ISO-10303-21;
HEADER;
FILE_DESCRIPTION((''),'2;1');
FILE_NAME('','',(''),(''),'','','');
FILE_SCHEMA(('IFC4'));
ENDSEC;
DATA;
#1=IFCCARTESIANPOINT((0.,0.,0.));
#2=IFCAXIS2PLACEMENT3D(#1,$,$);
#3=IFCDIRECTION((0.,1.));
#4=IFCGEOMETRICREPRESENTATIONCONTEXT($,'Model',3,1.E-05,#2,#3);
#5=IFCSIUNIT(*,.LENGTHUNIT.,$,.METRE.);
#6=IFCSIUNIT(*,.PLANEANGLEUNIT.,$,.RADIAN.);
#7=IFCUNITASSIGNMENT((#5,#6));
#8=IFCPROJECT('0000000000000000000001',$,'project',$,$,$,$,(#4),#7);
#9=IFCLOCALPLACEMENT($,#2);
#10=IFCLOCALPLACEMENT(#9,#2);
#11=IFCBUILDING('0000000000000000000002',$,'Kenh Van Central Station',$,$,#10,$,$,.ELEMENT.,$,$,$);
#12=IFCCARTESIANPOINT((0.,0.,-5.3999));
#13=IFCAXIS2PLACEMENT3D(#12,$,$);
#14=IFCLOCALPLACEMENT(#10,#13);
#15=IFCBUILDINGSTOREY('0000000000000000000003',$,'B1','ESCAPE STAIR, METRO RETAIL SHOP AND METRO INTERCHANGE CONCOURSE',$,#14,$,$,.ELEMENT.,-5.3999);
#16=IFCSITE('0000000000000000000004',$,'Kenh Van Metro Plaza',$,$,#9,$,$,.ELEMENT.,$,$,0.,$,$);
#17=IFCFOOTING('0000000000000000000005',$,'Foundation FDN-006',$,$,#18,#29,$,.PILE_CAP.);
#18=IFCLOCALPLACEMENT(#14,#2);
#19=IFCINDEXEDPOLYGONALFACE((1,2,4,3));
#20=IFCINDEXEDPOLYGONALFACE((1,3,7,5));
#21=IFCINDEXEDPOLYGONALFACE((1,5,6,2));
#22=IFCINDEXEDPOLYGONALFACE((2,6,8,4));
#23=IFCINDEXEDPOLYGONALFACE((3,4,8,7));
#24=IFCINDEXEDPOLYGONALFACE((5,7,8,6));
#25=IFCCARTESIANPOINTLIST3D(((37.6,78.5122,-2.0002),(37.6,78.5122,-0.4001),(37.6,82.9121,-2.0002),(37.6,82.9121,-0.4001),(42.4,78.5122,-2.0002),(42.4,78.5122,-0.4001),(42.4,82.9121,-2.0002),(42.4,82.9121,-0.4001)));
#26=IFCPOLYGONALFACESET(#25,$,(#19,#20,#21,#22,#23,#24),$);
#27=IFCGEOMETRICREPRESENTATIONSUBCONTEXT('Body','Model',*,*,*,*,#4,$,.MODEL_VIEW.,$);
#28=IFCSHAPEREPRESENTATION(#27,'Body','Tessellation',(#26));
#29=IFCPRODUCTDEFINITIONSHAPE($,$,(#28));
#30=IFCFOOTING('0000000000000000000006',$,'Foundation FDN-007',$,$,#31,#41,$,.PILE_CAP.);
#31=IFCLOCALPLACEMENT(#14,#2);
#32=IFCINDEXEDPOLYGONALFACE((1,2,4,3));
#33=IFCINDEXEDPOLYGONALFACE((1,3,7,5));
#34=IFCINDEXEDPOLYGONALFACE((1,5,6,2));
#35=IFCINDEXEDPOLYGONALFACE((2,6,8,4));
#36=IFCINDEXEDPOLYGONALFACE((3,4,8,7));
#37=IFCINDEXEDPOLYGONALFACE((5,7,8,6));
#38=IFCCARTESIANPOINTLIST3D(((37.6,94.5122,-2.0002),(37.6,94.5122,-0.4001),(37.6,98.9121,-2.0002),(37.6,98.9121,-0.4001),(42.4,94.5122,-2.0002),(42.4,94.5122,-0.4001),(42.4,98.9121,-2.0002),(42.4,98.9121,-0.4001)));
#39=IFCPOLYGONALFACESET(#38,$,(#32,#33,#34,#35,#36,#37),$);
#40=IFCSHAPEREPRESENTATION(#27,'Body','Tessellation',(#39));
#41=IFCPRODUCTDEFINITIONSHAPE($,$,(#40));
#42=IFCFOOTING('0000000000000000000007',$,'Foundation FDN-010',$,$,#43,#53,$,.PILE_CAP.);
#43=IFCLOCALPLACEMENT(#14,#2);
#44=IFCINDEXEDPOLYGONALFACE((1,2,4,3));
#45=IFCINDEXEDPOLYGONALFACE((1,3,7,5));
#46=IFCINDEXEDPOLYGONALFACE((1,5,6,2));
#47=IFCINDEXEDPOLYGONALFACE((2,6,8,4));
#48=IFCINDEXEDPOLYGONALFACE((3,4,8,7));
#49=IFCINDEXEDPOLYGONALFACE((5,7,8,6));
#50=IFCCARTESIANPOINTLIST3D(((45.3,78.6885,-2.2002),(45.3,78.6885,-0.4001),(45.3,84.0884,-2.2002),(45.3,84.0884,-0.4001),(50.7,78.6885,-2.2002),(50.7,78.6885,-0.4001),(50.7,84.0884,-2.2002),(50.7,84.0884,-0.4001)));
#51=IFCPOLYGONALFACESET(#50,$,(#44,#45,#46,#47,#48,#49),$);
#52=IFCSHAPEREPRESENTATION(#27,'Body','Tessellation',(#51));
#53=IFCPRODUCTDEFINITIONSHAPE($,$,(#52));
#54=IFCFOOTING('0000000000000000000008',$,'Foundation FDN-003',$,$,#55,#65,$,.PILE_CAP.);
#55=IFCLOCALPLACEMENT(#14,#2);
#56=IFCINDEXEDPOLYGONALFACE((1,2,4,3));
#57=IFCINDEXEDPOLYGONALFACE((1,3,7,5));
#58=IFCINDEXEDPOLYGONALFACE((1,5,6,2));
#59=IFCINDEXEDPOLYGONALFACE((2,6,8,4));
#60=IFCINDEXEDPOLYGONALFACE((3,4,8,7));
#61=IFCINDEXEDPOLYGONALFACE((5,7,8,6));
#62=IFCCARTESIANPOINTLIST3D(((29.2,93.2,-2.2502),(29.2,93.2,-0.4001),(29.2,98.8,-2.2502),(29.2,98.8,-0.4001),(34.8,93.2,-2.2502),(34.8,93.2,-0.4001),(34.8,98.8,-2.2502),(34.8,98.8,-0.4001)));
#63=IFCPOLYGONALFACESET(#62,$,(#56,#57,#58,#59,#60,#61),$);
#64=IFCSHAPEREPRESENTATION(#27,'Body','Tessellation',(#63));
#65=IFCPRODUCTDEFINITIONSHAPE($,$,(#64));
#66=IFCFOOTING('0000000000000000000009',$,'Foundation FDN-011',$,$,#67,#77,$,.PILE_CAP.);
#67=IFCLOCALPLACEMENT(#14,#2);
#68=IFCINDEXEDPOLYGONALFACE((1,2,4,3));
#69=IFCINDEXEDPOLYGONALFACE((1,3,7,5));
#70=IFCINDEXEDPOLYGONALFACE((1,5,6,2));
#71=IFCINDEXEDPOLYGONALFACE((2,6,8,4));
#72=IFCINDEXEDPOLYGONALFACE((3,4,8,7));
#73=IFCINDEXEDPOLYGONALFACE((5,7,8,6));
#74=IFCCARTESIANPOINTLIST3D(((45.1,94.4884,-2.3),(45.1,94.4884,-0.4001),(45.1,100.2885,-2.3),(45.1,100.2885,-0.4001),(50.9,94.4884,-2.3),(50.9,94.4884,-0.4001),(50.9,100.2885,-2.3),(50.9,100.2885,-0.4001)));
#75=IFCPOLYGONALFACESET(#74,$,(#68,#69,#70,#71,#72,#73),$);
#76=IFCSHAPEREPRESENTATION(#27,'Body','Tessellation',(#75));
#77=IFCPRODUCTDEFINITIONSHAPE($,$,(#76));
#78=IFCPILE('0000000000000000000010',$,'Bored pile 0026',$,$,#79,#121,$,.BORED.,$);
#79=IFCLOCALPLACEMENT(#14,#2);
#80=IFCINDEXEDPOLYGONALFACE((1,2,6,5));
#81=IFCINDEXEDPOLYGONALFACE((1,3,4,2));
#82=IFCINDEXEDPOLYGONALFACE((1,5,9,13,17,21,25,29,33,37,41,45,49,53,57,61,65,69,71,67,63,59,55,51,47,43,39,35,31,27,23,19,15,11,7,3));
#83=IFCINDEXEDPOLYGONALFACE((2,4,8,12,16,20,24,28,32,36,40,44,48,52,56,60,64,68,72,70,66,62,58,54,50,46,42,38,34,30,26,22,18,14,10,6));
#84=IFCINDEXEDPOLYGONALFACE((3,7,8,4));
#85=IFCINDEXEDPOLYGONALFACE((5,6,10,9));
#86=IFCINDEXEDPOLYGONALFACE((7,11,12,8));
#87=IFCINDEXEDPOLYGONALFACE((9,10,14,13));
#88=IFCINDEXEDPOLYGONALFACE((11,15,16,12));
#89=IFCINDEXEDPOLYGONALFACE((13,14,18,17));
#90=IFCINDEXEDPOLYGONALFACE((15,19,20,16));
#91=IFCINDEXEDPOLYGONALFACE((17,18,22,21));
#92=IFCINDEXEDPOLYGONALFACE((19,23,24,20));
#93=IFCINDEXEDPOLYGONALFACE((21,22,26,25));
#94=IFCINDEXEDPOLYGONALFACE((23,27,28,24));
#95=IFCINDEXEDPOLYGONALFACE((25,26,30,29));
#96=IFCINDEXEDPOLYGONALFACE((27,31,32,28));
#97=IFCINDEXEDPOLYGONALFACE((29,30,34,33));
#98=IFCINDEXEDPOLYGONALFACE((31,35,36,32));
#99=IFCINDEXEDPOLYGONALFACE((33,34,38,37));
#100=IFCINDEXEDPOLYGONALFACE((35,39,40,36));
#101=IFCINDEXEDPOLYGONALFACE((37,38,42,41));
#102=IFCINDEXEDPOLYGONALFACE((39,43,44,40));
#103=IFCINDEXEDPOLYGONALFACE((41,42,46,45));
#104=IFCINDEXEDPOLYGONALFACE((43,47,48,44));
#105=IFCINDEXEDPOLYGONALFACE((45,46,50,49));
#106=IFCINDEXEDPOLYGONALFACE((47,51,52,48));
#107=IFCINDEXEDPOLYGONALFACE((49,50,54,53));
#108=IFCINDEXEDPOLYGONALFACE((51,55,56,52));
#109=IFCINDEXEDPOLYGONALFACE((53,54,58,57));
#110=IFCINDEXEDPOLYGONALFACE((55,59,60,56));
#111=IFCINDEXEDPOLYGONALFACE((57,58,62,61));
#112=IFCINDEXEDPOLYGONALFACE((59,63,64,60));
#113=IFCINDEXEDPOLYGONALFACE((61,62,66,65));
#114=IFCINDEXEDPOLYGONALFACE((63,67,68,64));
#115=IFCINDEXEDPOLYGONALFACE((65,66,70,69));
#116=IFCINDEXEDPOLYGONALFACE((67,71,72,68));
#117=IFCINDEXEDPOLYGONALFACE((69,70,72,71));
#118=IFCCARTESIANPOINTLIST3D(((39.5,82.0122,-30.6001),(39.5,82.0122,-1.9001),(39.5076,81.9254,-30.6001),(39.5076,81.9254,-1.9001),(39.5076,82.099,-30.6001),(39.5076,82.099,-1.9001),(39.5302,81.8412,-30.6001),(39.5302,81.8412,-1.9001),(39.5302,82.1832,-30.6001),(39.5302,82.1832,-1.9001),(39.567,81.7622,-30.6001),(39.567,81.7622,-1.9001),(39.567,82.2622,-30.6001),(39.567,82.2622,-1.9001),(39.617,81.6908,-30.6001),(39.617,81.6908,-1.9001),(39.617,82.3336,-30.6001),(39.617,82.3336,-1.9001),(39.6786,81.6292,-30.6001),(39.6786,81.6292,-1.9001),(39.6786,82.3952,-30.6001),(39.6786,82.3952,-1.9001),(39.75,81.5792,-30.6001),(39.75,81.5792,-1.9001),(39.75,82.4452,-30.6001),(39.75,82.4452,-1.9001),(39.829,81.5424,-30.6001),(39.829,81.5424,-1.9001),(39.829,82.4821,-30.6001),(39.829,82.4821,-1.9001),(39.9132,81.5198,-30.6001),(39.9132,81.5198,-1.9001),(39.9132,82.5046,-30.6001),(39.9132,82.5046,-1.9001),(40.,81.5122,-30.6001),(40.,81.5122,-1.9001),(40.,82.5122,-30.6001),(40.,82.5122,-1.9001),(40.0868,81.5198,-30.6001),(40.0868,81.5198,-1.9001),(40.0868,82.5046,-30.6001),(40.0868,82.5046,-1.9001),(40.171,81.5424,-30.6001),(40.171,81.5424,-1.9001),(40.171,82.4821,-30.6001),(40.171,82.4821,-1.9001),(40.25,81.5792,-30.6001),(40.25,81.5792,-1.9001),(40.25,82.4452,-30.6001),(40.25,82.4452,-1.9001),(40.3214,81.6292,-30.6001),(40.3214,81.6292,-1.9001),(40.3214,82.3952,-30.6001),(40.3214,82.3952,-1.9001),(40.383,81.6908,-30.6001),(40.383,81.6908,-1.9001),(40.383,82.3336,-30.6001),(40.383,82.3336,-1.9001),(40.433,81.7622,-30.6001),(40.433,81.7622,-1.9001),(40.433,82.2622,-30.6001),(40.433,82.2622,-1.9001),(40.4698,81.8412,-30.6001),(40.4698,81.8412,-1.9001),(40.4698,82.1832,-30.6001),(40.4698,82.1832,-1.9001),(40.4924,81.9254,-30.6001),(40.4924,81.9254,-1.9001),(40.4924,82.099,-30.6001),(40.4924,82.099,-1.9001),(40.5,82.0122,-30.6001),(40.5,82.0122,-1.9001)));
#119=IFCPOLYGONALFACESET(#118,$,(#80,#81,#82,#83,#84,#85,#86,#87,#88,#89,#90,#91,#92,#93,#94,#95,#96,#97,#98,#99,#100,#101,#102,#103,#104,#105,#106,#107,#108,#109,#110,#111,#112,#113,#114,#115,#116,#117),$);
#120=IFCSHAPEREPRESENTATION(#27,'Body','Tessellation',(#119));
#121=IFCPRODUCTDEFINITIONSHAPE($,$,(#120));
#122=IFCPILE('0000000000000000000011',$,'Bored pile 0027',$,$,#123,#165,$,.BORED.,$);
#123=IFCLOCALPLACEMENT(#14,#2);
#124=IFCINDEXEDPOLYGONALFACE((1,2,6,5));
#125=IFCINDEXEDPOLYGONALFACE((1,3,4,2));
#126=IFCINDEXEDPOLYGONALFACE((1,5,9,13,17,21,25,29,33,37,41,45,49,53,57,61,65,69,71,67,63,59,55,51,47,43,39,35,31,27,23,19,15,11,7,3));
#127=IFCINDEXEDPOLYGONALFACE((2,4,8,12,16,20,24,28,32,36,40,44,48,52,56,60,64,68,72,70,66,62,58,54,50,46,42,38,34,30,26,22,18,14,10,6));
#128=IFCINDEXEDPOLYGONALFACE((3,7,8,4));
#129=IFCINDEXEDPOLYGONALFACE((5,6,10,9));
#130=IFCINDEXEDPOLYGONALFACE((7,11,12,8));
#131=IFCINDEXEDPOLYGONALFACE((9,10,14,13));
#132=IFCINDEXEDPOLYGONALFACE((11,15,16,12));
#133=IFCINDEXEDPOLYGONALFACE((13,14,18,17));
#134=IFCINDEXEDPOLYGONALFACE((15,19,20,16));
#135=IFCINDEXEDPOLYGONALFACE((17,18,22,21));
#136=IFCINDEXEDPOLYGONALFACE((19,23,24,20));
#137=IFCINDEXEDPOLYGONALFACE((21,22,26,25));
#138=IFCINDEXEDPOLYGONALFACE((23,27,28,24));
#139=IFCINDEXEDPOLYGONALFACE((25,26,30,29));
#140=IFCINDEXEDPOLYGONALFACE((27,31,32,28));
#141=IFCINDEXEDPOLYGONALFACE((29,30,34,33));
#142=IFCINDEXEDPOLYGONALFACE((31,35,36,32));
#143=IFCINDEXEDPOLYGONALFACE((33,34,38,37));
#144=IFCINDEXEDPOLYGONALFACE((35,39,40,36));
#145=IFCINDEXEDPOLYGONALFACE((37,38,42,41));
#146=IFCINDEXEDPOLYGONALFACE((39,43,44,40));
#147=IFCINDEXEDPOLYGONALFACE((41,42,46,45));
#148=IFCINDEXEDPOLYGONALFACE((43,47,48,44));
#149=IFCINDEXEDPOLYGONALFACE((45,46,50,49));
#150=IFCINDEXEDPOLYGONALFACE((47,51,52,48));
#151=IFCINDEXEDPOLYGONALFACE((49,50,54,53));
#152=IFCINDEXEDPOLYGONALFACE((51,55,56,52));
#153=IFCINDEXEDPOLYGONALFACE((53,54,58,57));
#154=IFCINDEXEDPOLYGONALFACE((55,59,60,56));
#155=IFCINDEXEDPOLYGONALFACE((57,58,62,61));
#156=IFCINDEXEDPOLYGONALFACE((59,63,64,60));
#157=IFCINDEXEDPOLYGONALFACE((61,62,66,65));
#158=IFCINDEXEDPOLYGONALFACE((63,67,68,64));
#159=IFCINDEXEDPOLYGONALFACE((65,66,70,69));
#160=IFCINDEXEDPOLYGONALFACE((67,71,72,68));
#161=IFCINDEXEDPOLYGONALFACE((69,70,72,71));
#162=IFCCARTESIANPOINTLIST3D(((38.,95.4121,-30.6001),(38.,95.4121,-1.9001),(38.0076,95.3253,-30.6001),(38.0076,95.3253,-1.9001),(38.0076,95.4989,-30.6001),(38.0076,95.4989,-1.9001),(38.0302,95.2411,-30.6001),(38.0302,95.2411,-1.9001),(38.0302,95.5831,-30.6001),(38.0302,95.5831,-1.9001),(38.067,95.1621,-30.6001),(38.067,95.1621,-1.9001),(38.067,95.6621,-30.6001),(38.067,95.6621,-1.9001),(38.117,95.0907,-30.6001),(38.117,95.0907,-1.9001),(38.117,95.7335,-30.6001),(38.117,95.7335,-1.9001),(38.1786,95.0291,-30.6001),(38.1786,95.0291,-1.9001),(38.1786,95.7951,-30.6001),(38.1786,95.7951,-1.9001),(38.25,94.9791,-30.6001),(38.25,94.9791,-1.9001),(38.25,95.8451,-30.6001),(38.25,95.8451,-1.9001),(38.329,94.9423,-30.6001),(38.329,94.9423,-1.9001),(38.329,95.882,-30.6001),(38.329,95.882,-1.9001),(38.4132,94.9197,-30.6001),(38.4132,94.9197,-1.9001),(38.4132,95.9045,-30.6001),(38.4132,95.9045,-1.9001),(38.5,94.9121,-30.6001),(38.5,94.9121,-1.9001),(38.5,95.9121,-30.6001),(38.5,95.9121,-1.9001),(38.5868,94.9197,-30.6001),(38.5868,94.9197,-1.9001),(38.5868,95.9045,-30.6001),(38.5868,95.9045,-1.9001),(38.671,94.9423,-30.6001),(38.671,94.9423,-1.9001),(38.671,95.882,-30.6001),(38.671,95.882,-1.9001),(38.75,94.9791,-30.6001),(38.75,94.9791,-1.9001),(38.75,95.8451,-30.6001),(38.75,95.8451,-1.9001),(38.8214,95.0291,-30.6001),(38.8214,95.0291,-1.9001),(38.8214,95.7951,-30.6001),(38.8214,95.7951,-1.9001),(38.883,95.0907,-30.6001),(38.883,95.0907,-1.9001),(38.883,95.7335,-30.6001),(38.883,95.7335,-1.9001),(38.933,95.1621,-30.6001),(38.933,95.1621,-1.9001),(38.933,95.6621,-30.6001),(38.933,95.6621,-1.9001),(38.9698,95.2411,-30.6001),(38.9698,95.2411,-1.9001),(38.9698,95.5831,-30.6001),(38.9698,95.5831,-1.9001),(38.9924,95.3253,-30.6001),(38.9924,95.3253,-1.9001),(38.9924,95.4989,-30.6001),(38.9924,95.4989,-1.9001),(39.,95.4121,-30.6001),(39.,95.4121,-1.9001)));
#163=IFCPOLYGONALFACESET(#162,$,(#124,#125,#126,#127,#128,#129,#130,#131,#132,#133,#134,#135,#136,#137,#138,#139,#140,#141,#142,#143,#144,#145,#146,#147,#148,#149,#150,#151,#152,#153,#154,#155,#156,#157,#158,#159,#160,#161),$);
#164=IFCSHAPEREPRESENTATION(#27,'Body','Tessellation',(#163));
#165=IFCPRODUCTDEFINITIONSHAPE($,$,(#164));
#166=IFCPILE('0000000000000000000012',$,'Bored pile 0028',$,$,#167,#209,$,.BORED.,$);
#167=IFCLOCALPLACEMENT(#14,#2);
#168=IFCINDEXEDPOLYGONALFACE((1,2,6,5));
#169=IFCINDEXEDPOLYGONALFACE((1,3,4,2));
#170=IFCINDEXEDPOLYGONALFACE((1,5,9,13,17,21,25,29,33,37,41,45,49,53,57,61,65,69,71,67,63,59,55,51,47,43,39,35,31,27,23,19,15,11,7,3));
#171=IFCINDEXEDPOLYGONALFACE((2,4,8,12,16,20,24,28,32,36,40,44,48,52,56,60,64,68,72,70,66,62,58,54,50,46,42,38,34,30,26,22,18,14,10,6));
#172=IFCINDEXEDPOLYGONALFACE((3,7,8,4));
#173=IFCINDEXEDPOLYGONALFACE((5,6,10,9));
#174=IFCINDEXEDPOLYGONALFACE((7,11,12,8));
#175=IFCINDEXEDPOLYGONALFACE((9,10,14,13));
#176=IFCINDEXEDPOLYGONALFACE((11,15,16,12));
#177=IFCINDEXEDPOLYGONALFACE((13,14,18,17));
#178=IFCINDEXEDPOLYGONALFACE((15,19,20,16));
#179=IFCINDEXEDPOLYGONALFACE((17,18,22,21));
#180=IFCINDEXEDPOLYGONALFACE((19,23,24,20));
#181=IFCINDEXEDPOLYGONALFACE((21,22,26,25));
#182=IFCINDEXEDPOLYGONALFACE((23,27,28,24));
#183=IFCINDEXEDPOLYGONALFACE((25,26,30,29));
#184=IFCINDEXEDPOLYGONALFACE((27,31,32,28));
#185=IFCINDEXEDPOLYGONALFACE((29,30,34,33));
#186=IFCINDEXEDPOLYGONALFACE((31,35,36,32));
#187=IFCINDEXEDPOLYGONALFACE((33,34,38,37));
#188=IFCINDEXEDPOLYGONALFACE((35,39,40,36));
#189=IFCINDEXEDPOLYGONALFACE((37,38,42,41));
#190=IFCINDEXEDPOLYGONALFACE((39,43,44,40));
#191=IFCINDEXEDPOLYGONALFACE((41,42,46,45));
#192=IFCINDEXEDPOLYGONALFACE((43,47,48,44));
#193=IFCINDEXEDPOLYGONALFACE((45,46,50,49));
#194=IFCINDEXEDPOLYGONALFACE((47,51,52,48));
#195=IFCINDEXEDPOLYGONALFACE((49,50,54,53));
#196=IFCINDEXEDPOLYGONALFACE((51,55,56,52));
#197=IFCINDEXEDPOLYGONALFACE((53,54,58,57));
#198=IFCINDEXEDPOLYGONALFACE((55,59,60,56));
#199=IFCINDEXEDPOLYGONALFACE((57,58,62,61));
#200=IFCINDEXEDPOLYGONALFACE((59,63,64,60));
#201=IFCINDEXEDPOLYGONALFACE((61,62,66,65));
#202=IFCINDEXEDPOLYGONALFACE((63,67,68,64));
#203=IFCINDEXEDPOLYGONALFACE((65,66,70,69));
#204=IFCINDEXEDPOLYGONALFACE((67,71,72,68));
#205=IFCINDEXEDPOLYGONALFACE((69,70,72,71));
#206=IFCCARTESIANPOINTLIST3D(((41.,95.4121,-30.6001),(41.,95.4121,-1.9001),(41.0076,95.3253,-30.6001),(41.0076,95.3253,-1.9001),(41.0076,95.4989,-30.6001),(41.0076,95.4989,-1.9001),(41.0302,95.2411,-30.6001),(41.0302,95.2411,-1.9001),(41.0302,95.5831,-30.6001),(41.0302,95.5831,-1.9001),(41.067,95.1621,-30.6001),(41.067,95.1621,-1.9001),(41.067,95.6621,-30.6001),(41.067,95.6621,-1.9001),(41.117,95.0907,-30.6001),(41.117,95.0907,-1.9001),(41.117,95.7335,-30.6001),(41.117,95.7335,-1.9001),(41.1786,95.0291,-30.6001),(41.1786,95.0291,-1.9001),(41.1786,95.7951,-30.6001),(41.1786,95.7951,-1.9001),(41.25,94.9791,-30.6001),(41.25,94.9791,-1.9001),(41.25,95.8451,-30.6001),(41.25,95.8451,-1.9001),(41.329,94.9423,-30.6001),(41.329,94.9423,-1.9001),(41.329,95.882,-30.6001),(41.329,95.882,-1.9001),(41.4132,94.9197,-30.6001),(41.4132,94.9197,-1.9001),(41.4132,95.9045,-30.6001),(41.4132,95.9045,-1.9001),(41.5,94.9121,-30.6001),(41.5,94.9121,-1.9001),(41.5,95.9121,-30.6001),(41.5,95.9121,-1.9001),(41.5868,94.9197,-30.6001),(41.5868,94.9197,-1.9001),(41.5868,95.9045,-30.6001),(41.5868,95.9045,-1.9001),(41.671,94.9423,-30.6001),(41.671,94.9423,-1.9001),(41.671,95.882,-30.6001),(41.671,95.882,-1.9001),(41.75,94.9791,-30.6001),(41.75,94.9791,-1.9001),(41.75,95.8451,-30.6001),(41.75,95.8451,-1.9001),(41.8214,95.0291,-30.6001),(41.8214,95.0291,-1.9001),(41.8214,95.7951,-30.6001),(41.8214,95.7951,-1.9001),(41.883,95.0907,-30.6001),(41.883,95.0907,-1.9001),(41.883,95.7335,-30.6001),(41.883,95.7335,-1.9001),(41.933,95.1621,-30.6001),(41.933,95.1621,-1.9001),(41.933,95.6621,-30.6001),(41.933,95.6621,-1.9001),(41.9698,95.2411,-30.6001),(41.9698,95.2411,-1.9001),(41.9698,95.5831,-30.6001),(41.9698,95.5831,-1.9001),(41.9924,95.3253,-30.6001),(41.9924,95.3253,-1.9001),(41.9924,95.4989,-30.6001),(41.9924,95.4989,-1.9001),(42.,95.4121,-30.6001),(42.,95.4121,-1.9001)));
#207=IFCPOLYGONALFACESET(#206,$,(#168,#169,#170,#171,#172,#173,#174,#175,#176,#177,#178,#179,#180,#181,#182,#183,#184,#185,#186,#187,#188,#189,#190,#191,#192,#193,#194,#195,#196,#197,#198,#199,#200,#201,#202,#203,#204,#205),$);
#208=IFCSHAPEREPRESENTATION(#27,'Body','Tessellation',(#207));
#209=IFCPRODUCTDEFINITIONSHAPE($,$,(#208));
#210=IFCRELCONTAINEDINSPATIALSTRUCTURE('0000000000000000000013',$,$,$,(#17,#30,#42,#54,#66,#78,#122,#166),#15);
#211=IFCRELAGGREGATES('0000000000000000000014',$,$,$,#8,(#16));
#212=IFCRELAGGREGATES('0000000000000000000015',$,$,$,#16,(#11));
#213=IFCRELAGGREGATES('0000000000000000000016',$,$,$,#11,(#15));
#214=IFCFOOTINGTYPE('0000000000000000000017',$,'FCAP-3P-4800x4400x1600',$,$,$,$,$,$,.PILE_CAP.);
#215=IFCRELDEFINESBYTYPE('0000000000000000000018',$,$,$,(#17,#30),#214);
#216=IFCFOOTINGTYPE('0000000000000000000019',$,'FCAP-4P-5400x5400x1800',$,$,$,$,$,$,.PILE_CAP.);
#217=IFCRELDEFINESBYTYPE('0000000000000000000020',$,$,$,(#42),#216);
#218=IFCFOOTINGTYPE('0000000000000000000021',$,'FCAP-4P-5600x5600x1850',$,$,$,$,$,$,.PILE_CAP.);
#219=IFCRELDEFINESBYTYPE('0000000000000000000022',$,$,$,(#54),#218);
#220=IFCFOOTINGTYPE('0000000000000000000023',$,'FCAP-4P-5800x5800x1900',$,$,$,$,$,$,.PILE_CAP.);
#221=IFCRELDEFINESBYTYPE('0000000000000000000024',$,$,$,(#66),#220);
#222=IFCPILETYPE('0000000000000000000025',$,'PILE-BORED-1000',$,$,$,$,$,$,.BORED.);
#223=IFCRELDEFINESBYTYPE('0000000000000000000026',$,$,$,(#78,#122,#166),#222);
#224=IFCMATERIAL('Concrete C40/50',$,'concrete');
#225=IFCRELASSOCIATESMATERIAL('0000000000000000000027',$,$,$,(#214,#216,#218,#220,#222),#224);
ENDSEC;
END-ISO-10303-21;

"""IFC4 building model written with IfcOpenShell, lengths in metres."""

from ifc_helpers import new_model, si_unit, direction, frame, origin, origin_2d, place, context, subcontext, project, spatial, rectangle, circle, extrude, material, material_profile, profile_set, type_object, element, save


model = new_model("IFC4")

# Units and contexts
model_context = context("Model", 3, precision=1e-05, world=origin(), true_north=direction((0.0, 1.0)))
body_context = subcontext(model_context, "Body", "Model", "MODEL_VIEW")
ifc_project = project(units=[si_unit("LENGTHUNIT", "METRE"), si_unit("PLANEANGLEUNIT", "RADIAN")], contexts=[model_context])

# Site, building, storey
site_placement = place(None, origin())
site = spatial("IfcSite", under=ifc_project, at=site_placement, Name="Kenh Van Metro Plaza", CompositionType="ELEMENT", RefElevation=0.0)
building_placement = place(site_placement, origin())
building = spatial("IfcBuilding", under=site, at=building_placement, Name="Kenh Van Central Station", CompositionType="ELEMENT")
storey_placement = place(building_placement, frame((0.0, 0.0, -5.3999)))
storey = spatial("IfcBuildingStorey", under=building, at=storey_placement, Name="B1", Description="ESCAPE STAIR, METRO RETAIL SHOP AND METRO INTERCHANGE CONCOURSE", CompositionType="ELEMENT", Elevation=-5.3999)

# Footings
ifc_material = material(Name="Concrete C40/50", Category="concrete")
footing_type_1 = type_object("IfcFootingType", Name="FCAP-3P-4800x4400x1600", PredefinedType="PILE_CAP", material=ifc_material)
for number, where, z_axis, x_axis, name in (
    (1, (40.0, 80.7122, -2.0002), (0.0, 0.0, 1.0), (1.0, 0.0, 0.0), "Foundation FDN-006"),
    (2, (40.0, 96.7122, -2.0002), (0.0, 0.0, 1.0), (1.0, 0.0, 0.0), "Foundation FDN-007"),
):
    element("IfcFooting", number, at=place(storey_placement, frame(where, z_axis=z_axis, x_axis=x_axis)), inside=storey, type_object=footing_type_1, Name=name, PredefinedType="PILE_CAP", context=body_context, shape_type="SweptSolid", body=[
        extrude(rectangle(XDim=4.8, YDim=4.3999, at=origin_2d()), origin(), (0.0, 0.0, 1.0), 1.6001),
    ])
footing_type_2 = type_object("IfcFootingType", Name="FCAP-4P-5400x5400x1800", PredefinedType="PILE_CAP", material=ifc_material)
footing_1_placement = place(storey_placement, frame((48.0, 81.3884, -2.2002), z_axis=(0.0, 0.0, 1.0), x_axis=(1.0, 0.0, 0.0)))
element("IfcFooting", 3, at=footing_1_placement, inside=storey, type_object=footing_type_2, Name="Foundation FDN-010", PredefinedType="PILE_CAP", context=body_context, shape_type="SweptSolid", body=[
    extrude(rectangle(XDim=5.3999, YDim=5.3999, at=origin_2d()), origin(), (0.0, 0.0, 1.0), 1.8),
])
footing_type_3 = type_object("IfcFootingType", Name="FCAP-4P-5600x5600x1850", PredefinedType="PILE_CAP", material=ifc_material)
footing_2_placement = place(storey_placement, frame((32.0, 96.0, -2.2502), z_axis=(0.0, 0.0, 1.0), x_axis=(1.0, 0.0, 0.0)))
element("IfcFooting", 4, at=footing_2_placement, inside=storey, type_object=footing_type_3, Name="Foundation FDN-003", PredefinedType="PILE_CAP", context=body_context, shape_type="SweptSolid", body=[
    extrude(rectangle(XDim=5.6001, YDim=5.6001, at=origin_2d()), origin(), (0.0, 0.0, 1.0), 1.8501),
])
footing_type_4 = type_object("IfcFootingType", Name="FCAP-4P-5800x5800x1900", PredefinedType="PILE_CAP", material=ifc_material)
footing_3_placement = place(storey_placement, frame((48.0, 97.3884, -2.3), z_axis=(0.0, 0.0, 1.0), x_axis=(1.0, 0.0, 0.0)))
element("IfcFooting", 5, at=footing_3_placement, inside=storey, type_object=footing_type_4, Name="Foundation FDN-011", PredefinedType="PILE_CAP", context=body_context, shape_type="SweptSolid", body=[
    extrude(rectangle(XDim=5.8, YDim=5.8, at=origin_2d()), origin(), (0.0, 0.0, 1.0), 1.8999),
])

# Piles
ifc_material_profile_1 = material_profile(ifc_material, circle(Radius=0.5, at=origin_2d()), Name="PILE D1000")
ifc_profile_set_1 = profile_set([ifc_material_profile_1], Name="Concrete C40/50")
pile_type_1 = type_object("IfcPileType", Name="PILE-BORED-1000", PredefinedType="BORED", material=ifc_profile_set_1)
for number, where, z_axis, x_axis, name in (
    (6, (40.0, 82.0122, -1.9001), (0.0, 0.0, -1.0), (1.0, 0.0, 0.0), "Bored pile 0026"),
    (7, (38.5, 95.4121, -1.9001), (0.0, 0.0, -1.0), (1.0, 0.0, 0.0), "Bored pile 0027"),
    (8, (41.5, 95.4121, -1.9001), (0.0, 0.0, -1.0), (1.0, 0.0, 0.0), "Bored pile 0028"),
):
    element("IfcPile", number, at=place(storey_placement, frame(where, z_axis=z_axis, x_axis=x_axis)), inside=storey, type_object=pile_type_1, Name=name, PredefinedType="BORED", context=body_context, shape_type="SweptSolid", body=[
        extrude(circle(Radius=0.5, at=origin_2d()), origin(), (0.0, 0.0, 1.0), 28.7),
    ])

save(model, "model.ifc")
